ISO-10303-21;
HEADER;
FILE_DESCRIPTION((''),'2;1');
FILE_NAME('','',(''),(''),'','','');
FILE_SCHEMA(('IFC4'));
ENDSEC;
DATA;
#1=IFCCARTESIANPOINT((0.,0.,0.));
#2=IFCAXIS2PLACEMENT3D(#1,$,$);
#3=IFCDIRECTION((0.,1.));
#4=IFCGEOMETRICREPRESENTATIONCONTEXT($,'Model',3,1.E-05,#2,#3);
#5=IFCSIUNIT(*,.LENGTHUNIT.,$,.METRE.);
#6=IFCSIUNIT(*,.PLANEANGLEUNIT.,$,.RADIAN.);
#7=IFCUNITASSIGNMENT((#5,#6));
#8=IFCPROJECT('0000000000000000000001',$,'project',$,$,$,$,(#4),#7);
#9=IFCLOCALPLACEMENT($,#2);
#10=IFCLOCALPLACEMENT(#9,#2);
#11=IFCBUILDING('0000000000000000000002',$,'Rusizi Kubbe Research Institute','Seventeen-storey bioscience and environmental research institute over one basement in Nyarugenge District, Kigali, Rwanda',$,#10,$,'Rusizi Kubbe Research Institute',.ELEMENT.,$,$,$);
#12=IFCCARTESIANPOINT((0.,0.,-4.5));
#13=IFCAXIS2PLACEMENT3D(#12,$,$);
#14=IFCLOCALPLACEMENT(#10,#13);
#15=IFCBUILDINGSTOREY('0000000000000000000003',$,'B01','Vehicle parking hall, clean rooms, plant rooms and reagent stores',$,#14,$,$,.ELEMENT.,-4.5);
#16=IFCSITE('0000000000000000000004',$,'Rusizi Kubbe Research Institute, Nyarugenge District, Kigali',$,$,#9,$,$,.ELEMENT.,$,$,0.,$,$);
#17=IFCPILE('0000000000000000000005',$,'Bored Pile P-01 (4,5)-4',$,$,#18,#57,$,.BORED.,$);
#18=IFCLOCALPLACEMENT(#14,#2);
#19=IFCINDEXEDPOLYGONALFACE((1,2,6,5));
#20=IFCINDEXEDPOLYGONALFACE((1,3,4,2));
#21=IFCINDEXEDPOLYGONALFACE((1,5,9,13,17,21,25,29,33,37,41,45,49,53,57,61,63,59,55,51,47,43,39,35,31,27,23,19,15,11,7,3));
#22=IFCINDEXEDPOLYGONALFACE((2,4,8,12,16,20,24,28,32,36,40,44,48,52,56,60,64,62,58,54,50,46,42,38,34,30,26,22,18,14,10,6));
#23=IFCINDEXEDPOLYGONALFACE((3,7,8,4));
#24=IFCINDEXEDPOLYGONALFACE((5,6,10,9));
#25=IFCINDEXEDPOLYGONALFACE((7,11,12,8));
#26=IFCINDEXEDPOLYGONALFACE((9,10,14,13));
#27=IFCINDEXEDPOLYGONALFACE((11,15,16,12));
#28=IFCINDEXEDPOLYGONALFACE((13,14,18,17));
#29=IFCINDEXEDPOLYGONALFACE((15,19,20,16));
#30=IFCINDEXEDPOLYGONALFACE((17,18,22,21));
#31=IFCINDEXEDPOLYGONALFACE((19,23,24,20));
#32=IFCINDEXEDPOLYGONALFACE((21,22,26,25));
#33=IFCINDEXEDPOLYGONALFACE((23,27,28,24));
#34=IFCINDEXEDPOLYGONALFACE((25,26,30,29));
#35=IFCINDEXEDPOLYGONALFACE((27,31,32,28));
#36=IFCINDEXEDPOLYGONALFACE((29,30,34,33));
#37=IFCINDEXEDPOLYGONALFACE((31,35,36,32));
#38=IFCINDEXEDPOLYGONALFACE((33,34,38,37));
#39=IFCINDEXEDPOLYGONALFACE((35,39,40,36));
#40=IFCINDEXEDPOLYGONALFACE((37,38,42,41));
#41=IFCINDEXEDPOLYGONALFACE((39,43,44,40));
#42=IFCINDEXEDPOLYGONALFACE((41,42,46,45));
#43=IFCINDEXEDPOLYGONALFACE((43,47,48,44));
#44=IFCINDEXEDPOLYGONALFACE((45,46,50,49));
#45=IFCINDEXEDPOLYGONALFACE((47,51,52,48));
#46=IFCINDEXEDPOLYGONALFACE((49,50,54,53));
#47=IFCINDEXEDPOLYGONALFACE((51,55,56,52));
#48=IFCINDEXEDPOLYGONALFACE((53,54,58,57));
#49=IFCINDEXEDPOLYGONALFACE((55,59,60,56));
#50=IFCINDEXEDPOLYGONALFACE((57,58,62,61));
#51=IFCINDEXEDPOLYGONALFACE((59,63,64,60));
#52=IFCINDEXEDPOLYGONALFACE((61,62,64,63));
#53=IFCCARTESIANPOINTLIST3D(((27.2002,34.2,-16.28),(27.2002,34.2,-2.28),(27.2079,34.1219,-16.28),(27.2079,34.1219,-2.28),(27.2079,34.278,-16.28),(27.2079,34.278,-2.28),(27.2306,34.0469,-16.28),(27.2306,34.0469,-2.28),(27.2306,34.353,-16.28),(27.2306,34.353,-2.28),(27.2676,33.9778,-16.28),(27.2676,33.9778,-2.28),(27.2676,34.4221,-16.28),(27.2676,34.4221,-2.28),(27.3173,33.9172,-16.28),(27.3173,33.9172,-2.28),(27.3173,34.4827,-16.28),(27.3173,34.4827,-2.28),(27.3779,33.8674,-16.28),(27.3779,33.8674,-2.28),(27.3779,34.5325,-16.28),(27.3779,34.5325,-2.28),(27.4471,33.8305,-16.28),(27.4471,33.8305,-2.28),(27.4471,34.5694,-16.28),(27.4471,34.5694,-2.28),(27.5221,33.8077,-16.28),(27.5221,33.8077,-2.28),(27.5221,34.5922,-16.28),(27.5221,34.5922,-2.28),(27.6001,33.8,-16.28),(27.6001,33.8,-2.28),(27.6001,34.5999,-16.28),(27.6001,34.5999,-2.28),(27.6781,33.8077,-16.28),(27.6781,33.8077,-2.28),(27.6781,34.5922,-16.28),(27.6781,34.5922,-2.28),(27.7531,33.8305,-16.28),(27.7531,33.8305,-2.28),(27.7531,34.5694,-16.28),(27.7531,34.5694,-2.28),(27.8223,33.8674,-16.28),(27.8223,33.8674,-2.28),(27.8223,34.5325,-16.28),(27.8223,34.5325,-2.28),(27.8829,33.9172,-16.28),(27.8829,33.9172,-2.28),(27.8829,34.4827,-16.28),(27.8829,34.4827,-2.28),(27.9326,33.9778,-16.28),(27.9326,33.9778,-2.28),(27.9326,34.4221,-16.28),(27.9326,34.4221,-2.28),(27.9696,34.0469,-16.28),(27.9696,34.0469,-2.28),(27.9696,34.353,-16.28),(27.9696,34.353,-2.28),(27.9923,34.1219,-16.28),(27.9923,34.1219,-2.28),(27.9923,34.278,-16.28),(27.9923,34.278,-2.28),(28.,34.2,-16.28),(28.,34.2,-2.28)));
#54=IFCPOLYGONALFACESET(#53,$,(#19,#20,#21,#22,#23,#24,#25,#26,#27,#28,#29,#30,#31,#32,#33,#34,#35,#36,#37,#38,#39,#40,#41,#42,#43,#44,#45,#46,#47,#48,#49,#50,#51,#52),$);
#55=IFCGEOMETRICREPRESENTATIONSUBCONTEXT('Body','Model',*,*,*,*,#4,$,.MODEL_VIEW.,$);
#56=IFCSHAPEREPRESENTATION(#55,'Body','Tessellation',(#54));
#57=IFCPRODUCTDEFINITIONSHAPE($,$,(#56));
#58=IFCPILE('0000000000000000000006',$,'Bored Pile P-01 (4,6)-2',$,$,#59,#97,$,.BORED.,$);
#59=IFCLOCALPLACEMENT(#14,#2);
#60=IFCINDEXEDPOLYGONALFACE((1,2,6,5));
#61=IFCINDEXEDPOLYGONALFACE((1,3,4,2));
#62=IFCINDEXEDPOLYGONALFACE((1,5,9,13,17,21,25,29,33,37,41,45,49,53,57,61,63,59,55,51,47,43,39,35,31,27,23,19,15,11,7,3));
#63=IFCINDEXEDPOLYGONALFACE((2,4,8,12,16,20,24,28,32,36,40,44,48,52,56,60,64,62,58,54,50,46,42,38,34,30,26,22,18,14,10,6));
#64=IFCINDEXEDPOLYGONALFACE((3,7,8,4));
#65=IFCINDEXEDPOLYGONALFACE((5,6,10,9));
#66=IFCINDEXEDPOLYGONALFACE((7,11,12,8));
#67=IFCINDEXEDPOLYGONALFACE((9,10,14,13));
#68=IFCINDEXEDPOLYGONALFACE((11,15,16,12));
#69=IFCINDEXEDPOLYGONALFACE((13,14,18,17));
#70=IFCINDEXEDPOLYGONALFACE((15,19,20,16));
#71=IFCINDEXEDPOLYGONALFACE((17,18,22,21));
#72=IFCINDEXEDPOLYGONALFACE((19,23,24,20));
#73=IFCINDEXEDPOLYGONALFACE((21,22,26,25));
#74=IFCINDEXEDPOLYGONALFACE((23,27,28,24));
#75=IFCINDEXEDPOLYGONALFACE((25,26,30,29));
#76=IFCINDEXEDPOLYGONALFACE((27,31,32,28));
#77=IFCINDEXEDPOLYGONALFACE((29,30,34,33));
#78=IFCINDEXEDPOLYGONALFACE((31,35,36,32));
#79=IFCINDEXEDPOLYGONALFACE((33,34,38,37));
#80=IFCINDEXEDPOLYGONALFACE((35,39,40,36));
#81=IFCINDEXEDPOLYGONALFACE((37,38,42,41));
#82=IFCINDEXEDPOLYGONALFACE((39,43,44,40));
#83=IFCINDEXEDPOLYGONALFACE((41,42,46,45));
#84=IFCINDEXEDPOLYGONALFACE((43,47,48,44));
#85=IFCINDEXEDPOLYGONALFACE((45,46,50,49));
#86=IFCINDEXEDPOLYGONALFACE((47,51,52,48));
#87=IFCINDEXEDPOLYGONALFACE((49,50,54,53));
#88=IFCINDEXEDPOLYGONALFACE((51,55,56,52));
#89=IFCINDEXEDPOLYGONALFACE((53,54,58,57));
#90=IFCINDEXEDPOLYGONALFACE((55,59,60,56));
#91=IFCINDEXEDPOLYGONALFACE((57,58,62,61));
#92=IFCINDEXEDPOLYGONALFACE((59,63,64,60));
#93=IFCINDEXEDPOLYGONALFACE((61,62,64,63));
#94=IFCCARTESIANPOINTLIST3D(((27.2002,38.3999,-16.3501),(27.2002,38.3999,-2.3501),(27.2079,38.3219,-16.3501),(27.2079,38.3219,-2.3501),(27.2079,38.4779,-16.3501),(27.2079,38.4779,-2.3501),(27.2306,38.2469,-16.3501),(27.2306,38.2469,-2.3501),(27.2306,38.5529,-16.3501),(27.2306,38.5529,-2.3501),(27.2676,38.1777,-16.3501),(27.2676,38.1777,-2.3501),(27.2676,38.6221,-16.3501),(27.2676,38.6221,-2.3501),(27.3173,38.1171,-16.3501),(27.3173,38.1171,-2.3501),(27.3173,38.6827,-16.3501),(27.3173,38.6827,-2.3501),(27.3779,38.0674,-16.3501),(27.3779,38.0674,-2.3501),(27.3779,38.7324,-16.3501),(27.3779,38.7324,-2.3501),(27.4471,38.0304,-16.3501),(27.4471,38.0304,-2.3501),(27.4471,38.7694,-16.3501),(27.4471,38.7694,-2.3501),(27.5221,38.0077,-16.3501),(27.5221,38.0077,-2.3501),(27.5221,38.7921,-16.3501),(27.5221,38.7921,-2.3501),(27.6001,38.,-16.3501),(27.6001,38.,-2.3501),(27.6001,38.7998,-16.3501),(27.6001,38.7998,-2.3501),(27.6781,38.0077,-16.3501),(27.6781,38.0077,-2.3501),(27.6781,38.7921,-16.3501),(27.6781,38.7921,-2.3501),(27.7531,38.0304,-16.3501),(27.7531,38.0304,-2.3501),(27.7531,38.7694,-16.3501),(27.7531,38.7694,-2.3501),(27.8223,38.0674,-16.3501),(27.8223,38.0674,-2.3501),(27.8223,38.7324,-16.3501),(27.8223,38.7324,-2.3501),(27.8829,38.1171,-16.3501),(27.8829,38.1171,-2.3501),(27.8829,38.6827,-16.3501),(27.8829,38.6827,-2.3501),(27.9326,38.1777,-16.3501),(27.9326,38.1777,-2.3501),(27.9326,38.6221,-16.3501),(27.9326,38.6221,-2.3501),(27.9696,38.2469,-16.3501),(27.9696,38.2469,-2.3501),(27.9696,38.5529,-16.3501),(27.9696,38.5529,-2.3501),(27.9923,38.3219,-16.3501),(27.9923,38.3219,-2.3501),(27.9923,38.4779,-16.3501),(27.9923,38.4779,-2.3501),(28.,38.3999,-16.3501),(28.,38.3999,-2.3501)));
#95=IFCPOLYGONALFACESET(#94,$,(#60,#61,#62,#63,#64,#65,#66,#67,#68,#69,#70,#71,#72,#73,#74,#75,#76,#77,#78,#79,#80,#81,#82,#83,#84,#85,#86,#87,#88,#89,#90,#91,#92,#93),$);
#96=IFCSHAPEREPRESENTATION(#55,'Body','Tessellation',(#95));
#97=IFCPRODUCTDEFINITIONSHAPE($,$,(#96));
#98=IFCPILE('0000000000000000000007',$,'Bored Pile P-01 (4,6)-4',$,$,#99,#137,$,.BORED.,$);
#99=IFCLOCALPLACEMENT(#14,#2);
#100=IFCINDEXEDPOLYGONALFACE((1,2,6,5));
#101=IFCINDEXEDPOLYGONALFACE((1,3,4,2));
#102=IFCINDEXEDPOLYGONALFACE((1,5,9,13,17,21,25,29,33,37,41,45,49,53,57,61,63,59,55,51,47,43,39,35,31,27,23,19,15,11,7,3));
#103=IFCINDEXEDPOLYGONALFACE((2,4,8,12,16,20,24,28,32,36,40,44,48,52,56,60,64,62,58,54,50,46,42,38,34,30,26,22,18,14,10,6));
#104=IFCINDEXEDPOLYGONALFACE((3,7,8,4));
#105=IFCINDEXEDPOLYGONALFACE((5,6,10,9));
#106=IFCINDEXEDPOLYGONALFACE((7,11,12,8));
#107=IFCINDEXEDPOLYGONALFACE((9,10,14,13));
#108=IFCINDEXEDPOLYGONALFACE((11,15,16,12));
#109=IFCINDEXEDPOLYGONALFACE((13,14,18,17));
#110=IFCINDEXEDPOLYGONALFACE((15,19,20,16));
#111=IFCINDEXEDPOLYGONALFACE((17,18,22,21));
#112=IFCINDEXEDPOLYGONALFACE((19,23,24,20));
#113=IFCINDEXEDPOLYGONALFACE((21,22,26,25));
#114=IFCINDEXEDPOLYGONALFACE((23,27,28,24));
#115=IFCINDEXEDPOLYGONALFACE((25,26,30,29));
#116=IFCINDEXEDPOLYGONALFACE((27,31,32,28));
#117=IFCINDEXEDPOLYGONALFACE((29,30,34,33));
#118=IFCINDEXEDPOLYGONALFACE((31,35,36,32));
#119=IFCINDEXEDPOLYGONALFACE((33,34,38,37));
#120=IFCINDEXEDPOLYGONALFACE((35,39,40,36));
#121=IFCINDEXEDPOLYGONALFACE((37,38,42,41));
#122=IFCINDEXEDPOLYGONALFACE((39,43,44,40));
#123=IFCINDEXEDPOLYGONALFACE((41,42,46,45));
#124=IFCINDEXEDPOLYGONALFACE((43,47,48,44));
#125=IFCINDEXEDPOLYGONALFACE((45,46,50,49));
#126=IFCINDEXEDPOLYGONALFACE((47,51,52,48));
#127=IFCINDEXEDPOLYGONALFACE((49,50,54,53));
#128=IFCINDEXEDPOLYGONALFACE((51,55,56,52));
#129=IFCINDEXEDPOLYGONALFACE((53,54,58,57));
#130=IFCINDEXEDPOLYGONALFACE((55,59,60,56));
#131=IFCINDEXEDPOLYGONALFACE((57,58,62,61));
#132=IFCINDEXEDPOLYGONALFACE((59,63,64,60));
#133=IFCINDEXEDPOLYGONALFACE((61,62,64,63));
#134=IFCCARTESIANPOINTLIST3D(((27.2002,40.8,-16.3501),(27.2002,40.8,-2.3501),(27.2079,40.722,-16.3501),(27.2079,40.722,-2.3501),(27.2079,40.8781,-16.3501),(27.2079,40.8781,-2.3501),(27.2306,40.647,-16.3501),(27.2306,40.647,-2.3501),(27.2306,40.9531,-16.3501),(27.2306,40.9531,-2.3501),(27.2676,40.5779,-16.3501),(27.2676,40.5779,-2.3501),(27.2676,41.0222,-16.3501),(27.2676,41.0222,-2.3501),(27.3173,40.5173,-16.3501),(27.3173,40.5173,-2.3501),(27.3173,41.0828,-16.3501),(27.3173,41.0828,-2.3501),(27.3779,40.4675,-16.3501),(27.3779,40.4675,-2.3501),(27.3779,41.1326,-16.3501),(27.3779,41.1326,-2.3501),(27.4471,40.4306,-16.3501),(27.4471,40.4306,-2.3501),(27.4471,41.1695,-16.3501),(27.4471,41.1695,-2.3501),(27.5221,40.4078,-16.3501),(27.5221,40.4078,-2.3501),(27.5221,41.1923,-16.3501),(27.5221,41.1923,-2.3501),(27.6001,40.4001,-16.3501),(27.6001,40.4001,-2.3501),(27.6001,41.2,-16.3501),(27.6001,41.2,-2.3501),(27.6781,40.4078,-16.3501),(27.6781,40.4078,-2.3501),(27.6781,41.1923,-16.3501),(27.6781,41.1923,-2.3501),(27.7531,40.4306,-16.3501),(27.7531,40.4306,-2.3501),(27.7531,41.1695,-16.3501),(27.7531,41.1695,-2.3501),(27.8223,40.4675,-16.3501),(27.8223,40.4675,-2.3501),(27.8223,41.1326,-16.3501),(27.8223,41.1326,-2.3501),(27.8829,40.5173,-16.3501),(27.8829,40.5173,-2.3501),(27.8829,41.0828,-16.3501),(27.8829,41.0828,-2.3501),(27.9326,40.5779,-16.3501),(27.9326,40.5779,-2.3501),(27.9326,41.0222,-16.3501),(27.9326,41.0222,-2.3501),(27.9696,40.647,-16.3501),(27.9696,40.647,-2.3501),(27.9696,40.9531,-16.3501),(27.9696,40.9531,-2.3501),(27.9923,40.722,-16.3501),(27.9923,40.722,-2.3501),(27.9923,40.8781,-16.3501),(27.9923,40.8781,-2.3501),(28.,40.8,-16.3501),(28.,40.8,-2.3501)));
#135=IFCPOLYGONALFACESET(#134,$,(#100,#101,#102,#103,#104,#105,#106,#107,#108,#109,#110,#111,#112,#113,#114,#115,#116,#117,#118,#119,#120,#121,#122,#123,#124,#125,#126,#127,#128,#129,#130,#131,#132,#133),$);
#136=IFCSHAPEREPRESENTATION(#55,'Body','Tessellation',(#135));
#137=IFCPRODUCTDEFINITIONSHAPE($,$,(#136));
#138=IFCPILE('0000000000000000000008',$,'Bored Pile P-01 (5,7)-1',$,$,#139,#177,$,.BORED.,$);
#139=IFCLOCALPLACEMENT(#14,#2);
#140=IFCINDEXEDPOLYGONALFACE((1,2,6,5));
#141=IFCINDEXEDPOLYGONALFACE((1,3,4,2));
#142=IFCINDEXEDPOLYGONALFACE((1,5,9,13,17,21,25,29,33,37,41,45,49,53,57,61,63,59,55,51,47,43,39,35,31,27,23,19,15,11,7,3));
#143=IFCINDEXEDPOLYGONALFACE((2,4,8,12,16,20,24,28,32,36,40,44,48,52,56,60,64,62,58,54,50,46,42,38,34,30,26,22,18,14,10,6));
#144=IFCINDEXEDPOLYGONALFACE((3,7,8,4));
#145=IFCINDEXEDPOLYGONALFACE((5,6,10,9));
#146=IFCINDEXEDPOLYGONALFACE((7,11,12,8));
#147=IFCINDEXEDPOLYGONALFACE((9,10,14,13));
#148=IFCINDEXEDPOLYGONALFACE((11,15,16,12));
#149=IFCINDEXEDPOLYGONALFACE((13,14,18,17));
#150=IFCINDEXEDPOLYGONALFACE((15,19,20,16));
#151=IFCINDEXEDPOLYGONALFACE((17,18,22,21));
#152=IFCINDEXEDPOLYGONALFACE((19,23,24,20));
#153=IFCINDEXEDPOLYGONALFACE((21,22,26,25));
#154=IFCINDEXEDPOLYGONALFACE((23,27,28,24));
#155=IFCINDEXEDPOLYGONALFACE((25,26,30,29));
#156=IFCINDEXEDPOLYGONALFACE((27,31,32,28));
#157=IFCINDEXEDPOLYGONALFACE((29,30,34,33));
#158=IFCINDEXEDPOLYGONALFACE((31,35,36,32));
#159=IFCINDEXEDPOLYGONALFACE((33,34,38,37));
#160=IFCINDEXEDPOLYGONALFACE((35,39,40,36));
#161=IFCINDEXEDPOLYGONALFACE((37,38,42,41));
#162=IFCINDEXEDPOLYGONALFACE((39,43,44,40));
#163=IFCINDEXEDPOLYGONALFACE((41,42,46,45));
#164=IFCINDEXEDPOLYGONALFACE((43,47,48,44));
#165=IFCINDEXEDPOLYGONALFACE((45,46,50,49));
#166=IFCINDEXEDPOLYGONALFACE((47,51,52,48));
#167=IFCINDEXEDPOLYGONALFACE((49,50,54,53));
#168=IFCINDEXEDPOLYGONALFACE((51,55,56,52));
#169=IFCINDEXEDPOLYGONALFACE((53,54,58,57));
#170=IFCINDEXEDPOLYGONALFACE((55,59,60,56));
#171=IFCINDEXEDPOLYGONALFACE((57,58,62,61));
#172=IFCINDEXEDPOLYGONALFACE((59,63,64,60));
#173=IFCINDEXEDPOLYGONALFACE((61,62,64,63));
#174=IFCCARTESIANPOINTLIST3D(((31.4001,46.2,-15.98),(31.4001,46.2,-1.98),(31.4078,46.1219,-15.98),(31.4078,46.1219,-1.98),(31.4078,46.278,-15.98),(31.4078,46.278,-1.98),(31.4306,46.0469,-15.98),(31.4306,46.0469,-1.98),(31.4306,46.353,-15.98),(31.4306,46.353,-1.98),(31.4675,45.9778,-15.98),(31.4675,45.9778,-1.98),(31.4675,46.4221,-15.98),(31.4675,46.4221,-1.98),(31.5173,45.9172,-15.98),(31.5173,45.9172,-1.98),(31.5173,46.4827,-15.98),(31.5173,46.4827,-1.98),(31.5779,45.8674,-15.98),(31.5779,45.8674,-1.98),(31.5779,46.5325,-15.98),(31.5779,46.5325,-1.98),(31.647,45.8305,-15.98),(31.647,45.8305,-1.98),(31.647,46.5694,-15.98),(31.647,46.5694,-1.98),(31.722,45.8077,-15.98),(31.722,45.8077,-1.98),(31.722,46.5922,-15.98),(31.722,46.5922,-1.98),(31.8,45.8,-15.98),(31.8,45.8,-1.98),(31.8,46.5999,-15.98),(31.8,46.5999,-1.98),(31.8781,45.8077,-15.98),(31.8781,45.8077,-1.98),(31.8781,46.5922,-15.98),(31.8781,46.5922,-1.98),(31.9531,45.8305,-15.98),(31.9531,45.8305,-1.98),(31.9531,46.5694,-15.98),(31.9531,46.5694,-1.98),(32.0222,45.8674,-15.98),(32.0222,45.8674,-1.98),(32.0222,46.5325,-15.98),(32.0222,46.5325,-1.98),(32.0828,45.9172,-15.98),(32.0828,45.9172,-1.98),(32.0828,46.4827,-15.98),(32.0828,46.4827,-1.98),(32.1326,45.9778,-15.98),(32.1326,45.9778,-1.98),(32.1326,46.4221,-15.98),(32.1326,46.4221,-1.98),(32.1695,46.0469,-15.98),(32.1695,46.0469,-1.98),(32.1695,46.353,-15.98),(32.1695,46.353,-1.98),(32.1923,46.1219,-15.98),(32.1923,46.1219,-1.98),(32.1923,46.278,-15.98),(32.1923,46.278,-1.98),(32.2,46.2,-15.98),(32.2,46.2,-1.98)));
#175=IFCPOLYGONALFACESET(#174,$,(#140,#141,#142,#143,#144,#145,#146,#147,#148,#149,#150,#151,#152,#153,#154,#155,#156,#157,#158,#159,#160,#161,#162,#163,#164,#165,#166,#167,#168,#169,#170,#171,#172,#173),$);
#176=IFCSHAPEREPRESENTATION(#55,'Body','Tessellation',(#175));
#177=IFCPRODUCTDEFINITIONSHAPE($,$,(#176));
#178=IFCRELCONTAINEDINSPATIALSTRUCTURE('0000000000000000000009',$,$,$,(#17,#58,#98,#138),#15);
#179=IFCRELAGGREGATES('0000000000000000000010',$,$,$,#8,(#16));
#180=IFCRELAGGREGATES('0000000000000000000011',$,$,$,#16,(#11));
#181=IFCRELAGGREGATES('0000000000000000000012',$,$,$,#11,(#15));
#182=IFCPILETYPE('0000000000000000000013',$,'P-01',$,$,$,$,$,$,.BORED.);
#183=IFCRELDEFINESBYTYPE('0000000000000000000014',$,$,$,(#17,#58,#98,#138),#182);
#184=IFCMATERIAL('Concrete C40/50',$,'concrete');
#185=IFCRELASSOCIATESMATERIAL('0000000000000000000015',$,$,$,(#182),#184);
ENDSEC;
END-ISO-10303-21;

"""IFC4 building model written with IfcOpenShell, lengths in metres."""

from ifc_helpers import new_model, si_unit, direction, frame, origin, origin_2d, place, context, subcontext, project, spatial, circle, extrude, material, material_profile, profile_set, type_object, element, save


model = new_model("IFC4")

# Units and contexts
model_context = context("Model", 3, precision=1e-05, world=origin(), true_north=direction((0.0, 1.0)))
body_context = subcontext(model_context, "Body", "Model", "MODEL_VIEW")
ifc_project = project(units=[si_unit("LENGTHUNIT", "METRE"), si_unit("PLANEANGLEUNIT", "RADIAN")], contexts=[model_context])

# Site, building, storey
site_placement = place(None, origin())
site = spatial("IfcSite", under=ifc_project, at=site_placement, Name="Rusizi Kubbe Research Institute, Nyarugenge District, Kigali", CompositionType="ELEMENT", RefElevation=0.0)
building_placement = place(site_placement, origin())
building = spatial("IfcBuilding", under=site, at=building_placement, Name="Rusizi Kubbe Research Institute", Description="Seventeen-storey bioscience and environmental research institute over one basement in Nyarugenge District, Kigali, Rwanda", LongName="Rusizi Kubbe Research Institute", CompositionType="ELEMENT")
storey_placement = place(building_placement, frame((0.0, 0.0, -4.5)))
storey = spatial("IfcBuildingStorey", under=building, at=storey_placement, Name="B01", Description="Vehicle parking hall, clean rooms, plant rooms and reagent stores", CompositionType="ELEMENT", Elevation=-4.5)

# Piles
ifc_material_1 = material(Name="Concrete C40/50", Category="concrete")
ifc_material_profile_1 = material_profile(ifc_material_1, circle(Radius=0.3999, at=origin_2d()), Name="PILE-D800")
ifc_profile_set_1 = profile_set([ifc_material_profile_1], Name="Concrete C40/50")
pile_type_1 = type_object("IfcPileType", Name="P-01", PredefinedType="BORED", material=ifc_profile_set_1)
for number, where, z_axis, x_axis, name in (
    (1, (27.6001, 34.2, -2.28), (0.0, 0.0, -1.0), (1.0, 0.0, 0.0), "Bored Pile P-01 (4,5)-4"),
    (2, (27.6001, 38.3999, -2.3501), (0.0, 0.0, -1.0), (1.0, 0.0, 0.0), "Bored Pile P-01 (4,6)-2"),
    (3, (27.6001, 40.8, -2.3501), (0.0, 0.0, -1.0), (1.0, 0.0, 0.0), "Bored Pile P-01 (4,6)-4"),
    (4, (31.8, 46.2, -1.98), (0.0, 0.0, -1.0), (1.0, 0.0, 0.0), "Bored Pile P-01 (5,7)-1"),
):
    element("IfcPile", number, at=place(storey_placement, frame(where, z_axis=z_axis, x_axis=x_axis)), inside=storey, type_object=pile_type_1, Name=name, PredefinedType="BORED", context=body_context, shape_type="SweptSolid", body=[
        extrude(circle(Radius=0.3999, at=origin_2d()), origin(), (0.0, 0.0, 1.0), 14.0),
    ])

save(model, "model.ifc")
